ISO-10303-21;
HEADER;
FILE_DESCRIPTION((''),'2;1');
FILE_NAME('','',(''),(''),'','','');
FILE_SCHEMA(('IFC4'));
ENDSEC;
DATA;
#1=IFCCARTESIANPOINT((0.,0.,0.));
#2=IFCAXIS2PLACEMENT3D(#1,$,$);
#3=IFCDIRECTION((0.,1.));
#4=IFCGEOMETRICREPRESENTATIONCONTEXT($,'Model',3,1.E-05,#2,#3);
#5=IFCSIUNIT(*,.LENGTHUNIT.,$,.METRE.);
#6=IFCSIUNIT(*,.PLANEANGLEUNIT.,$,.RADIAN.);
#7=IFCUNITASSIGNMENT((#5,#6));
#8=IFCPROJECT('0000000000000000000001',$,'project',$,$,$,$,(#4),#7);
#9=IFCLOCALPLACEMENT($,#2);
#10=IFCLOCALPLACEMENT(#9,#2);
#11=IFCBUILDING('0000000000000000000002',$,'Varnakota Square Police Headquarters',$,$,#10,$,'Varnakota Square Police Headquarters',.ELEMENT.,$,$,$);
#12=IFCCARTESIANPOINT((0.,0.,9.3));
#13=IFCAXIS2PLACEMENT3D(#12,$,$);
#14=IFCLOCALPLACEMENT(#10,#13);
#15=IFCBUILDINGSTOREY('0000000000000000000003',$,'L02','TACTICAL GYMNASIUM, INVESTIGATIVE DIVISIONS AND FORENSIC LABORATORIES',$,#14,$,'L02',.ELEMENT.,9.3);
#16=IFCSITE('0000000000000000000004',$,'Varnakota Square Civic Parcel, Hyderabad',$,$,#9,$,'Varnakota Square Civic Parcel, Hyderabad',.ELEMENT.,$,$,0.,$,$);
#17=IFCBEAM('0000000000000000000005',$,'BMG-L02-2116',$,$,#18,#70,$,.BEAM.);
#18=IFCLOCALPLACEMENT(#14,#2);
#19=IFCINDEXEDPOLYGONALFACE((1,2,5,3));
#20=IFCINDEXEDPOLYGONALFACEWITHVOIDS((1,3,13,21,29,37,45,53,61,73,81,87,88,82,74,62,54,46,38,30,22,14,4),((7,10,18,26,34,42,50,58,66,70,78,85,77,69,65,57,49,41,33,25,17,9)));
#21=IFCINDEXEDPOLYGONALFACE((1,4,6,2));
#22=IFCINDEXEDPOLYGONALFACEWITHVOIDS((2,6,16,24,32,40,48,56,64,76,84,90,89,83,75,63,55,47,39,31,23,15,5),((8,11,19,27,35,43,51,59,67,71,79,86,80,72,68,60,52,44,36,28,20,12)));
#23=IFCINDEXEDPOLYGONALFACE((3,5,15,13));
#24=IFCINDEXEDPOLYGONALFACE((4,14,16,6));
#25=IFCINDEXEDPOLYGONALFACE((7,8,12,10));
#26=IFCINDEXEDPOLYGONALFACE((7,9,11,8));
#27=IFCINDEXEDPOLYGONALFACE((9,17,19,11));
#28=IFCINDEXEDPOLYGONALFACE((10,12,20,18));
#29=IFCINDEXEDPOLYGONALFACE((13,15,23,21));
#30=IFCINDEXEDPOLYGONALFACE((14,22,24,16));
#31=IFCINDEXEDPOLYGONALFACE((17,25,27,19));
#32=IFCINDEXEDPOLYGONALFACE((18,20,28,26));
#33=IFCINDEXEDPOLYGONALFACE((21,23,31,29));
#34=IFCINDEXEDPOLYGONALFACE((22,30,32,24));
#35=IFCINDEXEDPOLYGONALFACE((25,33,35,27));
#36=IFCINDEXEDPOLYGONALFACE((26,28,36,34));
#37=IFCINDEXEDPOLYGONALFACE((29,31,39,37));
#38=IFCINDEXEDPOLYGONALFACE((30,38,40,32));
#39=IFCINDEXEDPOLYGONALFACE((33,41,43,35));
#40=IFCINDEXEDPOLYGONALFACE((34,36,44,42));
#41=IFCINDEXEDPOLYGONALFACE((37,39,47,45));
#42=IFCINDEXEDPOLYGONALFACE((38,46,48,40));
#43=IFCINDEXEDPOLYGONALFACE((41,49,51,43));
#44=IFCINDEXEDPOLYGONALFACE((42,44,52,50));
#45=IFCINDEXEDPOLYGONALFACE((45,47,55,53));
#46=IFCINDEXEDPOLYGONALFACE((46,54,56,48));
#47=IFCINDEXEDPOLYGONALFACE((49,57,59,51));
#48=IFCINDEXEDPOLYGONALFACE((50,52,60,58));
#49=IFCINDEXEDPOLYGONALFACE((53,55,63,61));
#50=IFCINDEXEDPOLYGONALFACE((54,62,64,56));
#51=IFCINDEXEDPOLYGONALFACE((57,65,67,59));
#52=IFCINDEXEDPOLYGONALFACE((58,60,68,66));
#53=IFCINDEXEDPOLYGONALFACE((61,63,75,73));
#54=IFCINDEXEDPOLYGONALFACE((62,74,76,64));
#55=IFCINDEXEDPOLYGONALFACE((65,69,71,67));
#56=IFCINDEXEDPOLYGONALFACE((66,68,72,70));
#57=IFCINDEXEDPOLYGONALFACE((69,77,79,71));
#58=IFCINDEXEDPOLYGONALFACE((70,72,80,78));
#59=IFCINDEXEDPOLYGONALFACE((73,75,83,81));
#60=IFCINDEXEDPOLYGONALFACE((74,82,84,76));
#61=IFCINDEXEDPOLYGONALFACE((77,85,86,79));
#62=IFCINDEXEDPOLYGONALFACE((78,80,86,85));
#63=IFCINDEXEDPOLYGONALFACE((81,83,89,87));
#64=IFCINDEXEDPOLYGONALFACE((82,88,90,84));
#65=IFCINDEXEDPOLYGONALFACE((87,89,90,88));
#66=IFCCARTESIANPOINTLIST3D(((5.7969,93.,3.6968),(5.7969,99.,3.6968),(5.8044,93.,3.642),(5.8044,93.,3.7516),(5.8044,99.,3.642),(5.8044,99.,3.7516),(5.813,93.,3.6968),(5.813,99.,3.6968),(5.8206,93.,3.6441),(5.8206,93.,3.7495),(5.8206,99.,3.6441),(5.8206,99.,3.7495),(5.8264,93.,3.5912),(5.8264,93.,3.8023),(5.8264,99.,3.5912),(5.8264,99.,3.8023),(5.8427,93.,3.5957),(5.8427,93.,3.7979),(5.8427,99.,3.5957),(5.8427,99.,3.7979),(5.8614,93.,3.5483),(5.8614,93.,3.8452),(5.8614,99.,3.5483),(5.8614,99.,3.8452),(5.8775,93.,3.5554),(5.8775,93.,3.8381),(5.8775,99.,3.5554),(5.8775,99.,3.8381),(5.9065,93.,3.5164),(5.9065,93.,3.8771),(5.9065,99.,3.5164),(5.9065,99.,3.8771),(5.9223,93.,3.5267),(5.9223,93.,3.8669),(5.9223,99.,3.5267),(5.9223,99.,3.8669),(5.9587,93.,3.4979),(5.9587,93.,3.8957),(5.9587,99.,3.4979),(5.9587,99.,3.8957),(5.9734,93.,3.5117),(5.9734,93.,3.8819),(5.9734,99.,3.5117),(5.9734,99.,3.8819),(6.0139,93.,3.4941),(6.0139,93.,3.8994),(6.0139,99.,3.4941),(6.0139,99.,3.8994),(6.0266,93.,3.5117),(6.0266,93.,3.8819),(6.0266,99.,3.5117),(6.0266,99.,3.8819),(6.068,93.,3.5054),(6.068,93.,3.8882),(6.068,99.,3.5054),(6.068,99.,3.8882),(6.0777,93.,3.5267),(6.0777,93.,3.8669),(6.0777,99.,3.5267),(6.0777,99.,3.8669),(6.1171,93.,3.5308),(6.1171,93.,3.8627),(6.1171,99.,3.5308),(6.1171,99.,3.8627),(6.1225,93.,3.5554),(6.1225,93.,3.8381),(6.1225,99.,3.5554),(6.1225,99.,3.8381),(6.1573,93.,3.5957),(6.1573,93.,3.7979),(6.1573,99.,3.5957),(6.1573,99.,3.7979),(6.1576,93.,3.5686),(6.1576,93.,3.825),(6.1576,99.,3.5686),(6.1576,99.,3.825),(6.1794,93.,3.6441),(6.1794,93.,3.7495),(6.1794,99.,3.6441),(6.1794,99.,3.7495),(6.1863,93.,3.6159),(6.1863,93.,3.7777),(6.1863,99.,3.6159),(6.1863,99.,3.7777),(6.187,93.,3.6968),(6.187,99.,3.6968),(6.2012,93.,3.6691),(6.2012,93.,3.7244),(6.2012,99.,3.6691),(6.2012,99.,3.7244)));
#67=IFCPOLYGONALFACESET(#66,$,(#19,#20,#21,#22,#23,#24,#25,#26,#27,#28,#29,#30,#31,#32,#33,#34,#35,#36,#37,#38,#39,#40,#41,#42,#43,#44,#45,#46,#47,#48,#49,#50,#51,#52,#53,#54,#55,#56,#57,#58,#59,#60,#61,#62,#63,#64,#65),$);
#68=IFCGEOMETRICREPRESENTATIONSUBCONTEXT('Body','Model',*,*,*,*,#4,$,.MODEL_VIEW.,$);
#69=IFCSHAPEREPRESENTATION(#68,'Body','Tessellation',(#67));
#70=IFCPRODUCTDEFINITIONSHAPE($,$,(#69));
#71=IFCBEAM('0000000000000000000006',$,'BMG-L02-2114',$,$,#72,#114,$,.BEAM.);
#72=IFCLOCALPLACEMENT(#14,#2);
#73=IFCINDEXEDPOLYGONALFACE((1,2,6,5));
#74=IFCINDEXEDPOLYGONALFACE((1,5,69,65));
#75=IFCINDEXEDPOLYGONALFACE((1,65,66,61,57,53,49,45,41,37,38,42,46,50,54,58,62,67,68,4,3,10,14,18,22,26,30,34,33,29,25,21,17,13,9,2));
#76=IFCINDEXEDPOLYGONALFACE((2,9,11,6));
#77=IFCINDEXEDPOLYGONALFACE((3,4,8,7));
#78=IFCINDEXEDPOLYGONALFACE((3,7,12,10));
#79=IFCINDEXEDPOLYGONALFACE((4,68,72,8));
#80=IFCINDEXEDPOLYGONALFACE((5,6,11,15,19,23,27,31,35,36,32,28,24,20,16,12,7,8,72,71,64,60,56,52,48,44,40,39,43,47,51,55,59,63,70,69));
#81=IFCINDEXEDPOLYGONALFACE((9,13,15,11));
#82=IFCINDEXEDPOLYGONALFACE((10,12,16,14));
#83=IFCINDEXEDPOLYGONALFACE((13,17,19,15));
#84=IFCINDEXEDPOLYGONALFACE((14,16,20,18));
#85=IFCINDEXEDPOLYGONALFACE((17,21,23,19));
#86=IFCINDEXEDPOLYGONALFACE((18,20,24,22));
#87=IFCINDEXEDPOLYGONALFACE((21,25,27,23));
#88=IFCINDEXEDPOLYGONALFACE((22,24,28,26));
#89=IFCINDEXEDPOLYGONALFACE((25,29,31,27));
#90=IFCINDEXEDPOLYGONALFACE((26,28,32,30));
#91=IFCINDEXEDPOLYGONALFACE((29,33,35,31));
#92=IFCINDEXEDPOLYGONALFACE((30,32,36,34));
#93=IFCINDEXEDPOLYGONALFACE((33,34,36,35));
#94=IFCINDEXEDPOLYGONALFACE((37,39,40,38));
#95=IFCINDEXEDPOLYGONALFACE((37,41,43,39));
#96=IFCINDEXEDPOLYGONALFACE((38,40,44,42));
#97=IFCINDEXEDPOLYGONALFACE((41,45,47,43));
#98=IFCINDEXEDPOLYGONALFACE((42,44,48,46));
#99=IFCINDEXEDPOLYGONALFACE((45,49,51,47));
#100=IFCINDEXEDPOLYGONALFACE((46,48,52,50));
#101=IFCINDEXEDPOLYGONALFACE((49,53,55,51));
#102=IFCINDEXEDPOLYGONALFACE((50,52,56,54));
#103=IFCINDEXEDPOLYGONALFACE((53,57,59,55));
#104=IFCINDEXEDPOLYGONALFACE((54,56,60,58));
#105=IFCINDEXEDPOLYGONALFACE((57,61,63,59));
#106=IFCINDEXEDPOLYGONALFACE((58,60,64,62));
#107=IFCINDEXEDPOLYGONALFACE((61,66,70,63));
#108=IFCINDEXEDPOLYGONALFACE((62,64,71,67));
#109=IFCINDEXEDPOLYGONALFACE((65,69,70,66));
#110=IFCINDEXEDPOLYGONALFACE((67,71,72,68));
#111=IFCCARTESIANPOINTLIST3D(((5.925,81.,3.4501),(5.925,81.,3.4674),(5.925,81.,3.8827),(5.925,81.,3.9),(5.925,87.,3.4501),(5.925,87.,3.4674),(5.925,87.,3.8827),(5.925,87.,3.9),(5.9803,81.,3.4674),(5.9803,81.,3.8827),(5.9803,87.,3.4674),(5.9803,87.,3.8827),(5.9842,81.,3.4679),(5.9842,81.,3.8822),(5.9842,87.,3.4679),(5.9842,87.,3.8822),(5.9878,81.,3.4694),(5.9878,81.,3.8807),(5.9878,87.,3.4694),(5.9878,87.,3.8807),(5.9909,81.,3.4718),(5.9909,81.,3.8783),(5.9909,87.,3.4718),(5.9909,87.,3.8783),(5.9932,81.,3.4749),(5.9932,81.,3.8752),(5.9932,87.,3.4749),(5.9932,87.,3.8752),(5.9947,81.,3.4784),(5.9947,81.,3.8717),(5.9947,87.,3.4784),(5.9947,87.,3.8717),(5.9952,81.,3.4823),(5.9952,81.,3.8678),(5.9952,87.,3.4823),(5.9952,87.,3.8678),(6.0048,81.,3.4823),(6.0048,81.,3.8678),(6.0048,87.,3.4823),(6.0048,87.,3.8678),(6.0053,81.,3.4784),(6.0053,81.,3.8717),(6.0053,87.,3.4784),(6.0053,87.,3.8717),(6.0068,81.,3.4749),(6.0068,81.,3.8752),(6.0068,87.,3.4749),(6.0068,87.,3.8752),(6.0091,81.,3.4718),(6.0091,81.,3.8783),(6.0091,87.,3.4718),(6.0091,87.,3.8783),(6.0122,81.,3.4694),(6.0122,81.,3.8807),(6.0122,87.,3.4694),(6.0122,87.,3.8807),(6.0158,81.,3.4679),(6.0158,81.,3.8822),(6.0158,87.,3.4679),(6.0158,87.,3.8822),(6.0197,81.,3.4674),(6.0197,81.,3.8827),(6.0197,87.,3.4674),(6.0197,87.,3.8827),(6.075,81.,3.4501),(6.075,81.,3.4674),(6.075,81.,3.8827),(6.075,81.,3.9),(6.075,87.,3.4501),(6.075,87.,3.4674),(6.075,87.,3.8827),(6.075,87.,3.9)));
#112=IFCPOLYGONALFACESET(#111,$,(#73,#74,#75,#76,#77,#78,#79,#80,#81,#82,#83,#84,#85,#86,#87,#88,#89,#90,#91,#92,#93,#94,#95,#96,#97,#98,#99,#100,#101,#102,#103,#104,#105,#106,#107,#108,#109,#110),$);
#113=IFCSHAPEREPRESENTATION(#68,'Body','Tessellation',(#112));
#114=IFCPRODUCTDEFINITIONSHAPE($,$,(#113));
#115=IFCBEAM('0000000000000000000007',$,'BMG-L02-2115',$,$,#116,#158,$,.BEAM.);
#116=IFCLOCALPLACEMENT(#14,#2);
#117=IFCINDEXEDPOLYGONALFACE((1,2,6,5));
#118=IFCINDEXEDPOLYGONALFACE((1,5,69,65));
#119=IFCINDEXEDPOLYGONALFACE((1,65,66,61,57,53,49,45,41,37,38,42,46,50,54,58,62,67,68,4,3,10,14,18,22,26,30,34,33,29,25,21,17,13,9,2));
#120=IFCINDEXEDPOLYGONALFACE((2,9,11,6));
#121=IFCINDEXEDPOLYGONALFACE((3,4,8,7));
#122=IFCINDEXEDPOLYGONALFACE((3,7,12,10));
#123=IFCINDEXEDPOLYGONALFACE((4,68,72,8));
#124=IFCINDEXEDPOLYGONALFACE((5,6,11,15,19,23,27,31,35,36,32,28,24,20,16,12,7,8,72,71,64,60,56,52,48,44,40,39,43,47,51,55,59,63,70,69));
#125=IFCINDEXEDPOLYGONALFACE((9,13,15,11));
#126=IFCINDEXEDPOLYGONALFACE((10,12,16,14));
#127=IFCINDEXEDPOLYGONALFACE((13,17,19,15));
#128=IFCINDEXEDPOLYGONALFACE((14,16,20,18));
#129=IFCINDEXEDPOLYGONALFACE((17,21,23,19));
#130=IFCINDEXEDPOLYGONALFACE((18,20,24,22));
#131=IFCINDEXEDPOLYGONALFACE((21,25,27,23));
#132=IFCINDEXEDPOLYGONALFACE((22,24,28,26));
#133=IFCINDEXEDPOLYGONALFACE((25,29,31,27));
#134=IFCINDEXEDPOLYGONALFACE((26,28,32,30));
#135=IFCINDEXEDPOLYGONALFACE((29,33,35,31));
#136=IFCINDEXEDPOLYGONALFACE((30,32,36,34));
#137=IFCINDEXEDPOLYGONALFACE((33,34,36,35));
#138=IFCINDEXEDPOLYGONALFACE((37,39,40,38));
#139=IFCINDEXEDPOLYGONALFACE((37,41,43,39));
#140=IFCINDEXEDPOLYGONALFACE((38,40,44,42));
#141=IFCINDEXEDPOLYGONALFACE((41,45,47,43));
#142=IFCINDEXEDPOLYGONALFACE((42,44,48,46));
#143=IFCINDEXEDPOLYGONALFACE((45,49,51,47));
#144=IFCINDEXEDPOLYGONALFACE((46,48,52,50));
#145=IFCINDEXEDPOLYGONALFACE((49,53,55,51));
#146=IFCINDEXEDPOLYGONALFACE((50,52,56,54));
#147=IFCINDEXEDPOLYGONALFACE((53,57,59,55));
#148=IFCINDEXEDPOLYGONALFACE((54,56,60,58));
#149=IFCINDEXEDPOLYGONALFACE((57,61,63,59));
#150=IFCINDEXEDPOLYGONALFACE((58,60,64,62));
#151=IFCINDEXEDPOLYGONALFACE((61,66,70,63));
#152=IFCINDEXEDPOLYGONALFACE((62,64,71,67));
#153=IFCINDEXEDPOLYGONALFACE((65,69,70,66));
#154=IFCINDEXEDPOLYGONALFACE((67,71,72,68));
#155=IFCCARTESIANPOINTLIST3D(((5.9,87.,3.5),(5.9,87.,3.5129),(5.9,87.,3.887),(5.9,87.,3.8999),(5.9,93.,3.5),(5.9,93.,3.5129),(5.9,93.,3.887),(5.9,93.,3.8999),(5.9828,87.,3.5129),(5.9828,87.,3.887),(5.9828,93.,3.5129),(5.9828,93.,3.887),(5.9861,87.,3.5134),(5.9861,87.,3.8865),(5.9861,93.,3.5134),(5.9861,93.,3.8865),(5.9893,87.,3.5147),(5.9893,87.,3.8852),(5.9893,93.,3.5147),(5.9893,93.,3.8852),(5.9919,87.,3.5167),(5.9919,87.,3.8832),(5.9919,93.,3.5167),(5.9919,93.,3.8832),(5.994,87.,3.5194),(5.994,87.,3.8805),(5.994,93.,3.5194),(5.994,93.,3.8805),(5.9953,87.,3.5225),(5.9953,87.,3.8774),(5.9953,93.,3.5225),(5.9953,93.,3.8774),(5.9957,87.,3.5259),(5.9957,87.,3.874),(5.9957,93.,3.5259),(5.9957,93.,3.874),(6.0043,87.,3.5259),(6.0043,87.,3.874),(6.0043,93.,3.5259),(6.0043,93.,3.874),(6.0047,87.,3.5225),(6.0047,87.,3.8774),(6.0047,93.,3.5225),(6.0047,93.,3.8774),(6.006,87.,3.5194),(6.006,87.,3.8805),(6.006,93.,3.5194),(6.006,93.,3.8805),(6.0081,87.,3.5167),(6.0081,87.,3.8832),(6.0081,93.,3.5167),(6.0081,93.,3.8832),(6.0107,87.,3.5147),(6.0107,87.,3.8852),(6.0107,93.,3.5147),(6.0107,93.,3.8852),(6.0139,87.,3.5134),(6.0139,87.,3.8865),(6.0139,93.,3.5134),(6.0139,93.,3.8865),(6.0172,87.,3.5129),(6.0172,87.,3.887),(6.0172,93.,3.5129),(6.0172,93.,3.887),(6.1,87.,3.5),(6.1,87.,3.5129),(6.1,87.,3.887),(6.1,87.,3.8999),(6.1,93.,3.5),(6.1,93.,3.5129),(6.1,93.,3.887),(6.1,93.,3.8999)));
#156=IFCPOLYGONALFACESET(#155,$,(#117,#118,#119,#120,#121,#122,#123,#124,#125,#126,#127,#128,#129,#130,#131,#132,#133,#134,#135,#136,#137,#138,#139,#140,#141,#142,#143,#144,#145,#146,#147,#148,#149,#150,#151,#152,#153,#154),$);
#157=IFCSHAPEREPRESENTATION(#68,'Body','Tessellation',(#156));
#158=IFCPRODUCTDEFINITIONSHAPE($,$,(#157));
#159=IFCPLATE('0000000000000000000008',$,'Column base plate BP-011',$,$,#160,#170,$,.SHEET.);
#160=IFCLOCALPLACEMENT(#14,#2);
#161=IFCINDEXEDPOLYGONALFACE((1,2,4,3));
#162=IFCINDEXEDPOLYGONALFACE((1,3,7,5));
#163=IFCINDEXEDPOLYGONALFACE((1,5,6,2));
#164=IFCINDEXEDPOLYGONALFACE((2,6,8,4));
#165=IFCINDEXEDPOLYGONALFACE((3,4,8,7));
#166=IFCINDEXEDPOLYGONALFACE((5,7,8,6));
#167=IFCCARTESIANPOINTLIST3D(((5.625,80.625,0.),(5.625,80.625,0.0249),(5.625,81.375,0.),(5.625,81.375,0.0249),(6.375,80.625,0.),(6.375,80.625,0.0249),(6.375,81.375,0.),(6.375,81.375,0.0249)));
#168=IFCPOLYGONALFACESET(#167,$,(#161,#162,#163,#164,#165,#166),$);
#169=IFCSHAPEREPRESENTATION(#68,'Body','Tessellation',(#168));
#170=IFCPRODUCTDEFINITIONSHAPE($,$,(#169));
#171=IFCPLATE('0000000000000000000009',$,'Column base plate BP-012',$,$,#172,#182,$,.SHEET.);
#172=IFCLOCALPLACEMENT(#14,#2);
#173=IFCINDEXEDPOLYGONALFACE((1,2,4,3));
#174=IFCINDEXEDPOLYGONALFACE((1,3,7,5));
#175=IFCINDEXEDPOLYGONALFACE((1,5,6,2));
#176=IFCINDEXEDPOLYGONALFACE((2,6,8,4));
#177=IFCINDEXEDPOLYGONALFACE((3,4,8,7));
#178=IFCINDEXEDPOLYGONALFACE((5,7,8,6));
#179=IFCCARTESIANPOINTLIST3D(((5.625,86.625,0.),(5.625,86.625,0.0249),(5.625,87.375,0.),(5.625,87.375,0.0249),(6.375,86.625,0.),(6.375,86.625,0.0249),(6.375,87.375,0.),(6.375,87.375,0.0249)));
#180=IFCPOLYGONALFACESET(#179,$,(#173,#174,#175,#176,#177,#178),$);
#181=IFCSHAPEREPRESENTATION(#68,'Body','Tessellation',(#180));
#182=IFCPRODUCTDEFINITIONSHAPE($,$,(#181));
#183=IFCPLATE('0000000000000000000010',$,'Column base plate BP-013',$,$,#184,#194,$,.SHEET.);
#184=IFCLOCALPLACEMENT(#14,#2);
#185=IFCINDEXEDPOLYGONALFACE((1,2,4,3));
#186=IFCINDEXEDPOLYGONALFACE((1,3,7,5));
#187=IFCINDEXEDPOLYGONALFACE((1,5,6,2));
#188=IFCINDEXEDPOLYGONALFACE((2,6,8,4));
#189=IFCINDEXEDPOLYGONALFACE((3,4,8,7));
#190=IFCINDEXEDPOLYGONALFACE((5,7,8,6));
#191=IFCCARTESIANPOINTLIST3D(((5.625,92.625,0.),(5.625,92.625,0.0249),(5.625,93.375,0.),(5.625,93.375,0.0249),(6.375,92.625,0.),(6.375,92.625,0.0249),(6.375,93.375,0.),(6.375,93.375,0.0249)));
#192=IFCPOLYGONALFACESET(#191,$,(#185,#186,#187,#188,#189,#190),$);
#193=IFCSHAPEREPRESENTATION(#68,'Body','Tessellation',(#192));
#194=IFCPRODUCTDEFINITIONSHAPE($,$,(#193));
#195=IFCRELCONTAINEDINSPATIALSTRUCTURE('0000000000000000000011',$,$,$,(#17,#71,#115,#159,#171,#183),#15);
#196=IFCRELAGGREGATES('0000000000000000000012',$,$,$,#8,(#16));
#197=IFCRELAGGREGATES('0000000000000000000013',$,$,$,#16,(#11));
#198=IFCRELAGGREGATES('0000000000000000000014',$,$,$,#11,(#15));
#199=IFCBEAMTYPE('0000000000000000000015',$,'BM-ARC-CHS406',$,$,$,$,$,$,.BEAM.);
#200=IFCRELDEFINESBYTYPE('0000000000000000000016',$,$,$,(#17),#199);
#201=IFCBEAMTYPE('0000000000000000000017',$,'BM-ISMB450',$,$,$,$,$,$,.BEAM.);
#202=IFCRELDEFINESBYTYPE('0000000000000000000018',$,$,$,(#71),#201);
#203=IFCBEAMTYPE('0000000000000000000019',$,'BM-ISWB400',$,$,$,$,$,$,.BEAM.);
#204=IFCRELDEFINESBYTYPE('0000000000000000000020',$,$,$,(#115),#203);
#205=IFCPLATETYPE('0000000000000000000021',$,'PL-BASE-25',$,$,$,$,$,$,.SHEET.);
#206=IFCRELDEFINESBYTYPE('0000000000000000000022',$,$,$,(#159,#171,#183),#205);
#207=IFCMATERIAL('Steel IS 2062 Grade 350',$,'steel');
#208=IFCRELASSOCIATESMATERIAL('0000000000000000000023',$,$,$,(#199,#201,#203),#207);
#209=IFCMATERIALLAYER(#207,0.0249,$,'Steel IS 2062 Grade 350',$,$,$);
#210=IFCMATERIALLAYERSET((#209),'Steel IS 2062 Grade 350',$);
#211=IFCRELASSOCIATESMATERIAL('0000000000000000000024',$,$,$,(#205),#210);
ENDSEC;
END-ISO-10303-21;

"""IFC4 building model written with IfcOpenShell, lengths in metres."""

from ifc_helpers import new_model, si_unit, direction, frame, origin, origin_2d, place, context, subcontext, project, spatial, rectangle, hollow_circle, i_section, extrude, material, layer, layer_set, material_profile, profile_set, type_object, element, save


model = new_model("IFC4")

# Units and contexts
model_context = context("Model", 3, precision=1e-05, world=origin(), true_north=direction((0.0, 1.0)))
body_context = subcontext(model_context, "Body", "Model", "MODEL_VIEW")
ifc_project = project(units=[si_unit("LENGTHUNIT", "METRE"), si_unit("PLANEANGLEUNIT", "RADIAN")], contexts=[model_context])

# Site, building, storey
site_placement = place(None, origin())
site = spatial("IfcSite", under=ifc_project, at=site_placement, Name="Varnakota Square Civic Parcel, Hyderabad", LongName="Varnakota Square Civic Parcel, Hyderabad", CompositionType="ELEMENT", RefElevation=0.0)
building_placement = place(site_placement, origin())
building = spatial("IfcBuilding", under=site, at=building_placement, Name="Varnakota Square Police Headquarters", LongName="Varnakota Square Police Headquarters", CompositionType="ELEMENT")
storey_placement = place(building_placement, frame((0.0, 0.0, 9.3)))
storey = spatial("IfcBuildingStorey", under=building, at=storey_placement, Name="L02", Description="TACTICAL GYMNASIUM, INVESTIGATIVE DIVISIONS AND FORENSIC LABORATORIES", LongName="L02", CompositionType="ELEMENT", Elevation=9.3)

# Shared definitions
ifc_material_1 = material(Name="Steel IS 2062 Grade 350", Category="steel")

# Beams
ifc_material_profile_1 = material_profile(ifc_material_1, hollow_circle(Radius=0.2031, WallThickness=0.0161, at=origin_2d()), Name="CHS 406.4x16.0")
ifc_profile_set_1 = profile_set([ifc_material_profile_1], Name="Steel IS 2062 Grade 350")
beam_type_1 = type_object("IfcBeamType", Name="BM-ARC-CHS406", PredefinedType="BEAM", material=ifc_profile_set_1)
beam_1_placement = place(storey_placement, frame((6.0, 93.0, 3.6968), z_axis=(0.0, 1.0, 0.0), x_axis=(-1.0, 0.0, 0.0)))
element("IfcBeam", 1, at=beam_1_placement, inside=storey, type_object=beam_type_1, Name="BMG-L02-2116", PredefinedType="BEAM", context=body_context, shape_type="SweptSolid", body=[
    extrude(hollow_circle(Radius=0.2031, WallThickness=0.0161, at=origin_2d()), origin(), (0.0, 0.0, 1.0), 6.0),
])
ifc_material_profile_2 = material_profile(ifc_material_1, i_section(OverallWidth=0.1499, OverallDepth=0.45, WebThickness=0.0095, FlangeThickness=0.0173, FilletRadius=0.0149, at=origin_2d()), Name="ISMB 450")
ifc_profile_set_2 = profile_set([ifc_material_profile_2], Name="Steel IS 2062 Grade 350")
beam_type_2 = type_object("IfcBeamType", Name="BM-ISMB450", PredefinedType="BEAM", material=ifc_profile_set_2)
beam_2_placement = place(storey_placement, frame((6.0, 81.0, 3.675), z_axis=(0.0, 1.0, 0.0), x_axis=(-1.0, 0.0, 0.0)))
element("IfcBeam", 2, at=beam_2_placement, inside=storey, type_object=beam_type_2, Name="BMG-L02-2114", PredefinedType="BEAM", context=body_context, shape_type="SweptSolid", body=[
    extrude(i_section(OverallWidth=0.1499, OverallDepth=0.45, WebThickness=0.0095, FlangeThickness=0.0173, FilletRadius=0.0149, at=origin_2d()), origin(), (0.0, 0.0, 1.0), 6.0),
])
ifc_material_profile_3 = material_profile(ifc_material_1, i_section(OverallWidth=0.2, OverallDepth=0.3999, WebThickness=0.0085, FlangeThickness=0.0129, FilletRadius=0.0129, at=origin_2d()), Name="ISWB 400")
ifc_profile_set_3 = profile_set([ifc_material_profile_3], Name="Steel IS 2062 Grade 350")
beam_type_3 = type_object("IfcBeamType", Name="BM-ISWB400", PredefinedType="BEAM", material=ifc_profile_set_3)
beam_3_placement = place(storey_placement, frame((6.0, 87.0, 3.7), z_axis=(0.0, 1.0, 0.0), x_axis=(-1.0, 0.0, 0.0)))
element("IfcBeam", 3, at=beam_3_placement, inside=storey, type_object=beam_type_3, Name="BMG-L02-2115", PredefinedType="BEAM", context=body_context, shape_type="SweptSolid", body=[
    extrude(i_section(OverallWidth=0.2, OverallDepth=0.3999, WebThickness=0.0085, FlangeThickness=0.0129, FilletRadius=0.0129, at=origin_2d()), origin(), (0.0, 0.0, 1.0), 6.0),
])

# Plates
ifc_layer_1 = layer(ifc_material_1, 0.0249, Name="Steel IS 2062 Grade 350")
ifc_layer_set_1 = layer_set([ifc_layer_1], Name="Steel IS 2062 Grade 350")
plate_type = type_object("IfcPlateType", Name="PL-BASE-25", PredefinedType="SHEET", material=ifc_layer_set_1)
for number, where, z_axis, x_axis, name in (
    (4, (6.0, 81.0, 0.0), (0.0, 0.0, 1.0), (1.0, 0.0, 0.0), "Column base plate BP-011"),
    (5, (6.0, 87.0, 0.0), (0.0, 0.0, 1.0), (1.0, 0.0, 0.0), "Column base plate BP-012"),
    (6, (6.0, 93.0, 0.0), (0.0, 0.0, 1.0), (1.0, 0.0, 0.0), "Column base plate BP-013"),
):
    element("IfcPlate", number, at=place(storey_placement, frame(where, z_axis=z_axis, x_axis=x_axis)), inside=storey, type_object=plate_type, Name=name, PredefinedType="SHEET", context=body_context, shape_type="SweptSolid", body=[
        extrude(rectangle(XDim=0.75, YDim=0.75, at=origin_2d()), origin(), (0.0, 0.0, 1.0), 0.0249),
    ])

save(model, "model.ifc")
